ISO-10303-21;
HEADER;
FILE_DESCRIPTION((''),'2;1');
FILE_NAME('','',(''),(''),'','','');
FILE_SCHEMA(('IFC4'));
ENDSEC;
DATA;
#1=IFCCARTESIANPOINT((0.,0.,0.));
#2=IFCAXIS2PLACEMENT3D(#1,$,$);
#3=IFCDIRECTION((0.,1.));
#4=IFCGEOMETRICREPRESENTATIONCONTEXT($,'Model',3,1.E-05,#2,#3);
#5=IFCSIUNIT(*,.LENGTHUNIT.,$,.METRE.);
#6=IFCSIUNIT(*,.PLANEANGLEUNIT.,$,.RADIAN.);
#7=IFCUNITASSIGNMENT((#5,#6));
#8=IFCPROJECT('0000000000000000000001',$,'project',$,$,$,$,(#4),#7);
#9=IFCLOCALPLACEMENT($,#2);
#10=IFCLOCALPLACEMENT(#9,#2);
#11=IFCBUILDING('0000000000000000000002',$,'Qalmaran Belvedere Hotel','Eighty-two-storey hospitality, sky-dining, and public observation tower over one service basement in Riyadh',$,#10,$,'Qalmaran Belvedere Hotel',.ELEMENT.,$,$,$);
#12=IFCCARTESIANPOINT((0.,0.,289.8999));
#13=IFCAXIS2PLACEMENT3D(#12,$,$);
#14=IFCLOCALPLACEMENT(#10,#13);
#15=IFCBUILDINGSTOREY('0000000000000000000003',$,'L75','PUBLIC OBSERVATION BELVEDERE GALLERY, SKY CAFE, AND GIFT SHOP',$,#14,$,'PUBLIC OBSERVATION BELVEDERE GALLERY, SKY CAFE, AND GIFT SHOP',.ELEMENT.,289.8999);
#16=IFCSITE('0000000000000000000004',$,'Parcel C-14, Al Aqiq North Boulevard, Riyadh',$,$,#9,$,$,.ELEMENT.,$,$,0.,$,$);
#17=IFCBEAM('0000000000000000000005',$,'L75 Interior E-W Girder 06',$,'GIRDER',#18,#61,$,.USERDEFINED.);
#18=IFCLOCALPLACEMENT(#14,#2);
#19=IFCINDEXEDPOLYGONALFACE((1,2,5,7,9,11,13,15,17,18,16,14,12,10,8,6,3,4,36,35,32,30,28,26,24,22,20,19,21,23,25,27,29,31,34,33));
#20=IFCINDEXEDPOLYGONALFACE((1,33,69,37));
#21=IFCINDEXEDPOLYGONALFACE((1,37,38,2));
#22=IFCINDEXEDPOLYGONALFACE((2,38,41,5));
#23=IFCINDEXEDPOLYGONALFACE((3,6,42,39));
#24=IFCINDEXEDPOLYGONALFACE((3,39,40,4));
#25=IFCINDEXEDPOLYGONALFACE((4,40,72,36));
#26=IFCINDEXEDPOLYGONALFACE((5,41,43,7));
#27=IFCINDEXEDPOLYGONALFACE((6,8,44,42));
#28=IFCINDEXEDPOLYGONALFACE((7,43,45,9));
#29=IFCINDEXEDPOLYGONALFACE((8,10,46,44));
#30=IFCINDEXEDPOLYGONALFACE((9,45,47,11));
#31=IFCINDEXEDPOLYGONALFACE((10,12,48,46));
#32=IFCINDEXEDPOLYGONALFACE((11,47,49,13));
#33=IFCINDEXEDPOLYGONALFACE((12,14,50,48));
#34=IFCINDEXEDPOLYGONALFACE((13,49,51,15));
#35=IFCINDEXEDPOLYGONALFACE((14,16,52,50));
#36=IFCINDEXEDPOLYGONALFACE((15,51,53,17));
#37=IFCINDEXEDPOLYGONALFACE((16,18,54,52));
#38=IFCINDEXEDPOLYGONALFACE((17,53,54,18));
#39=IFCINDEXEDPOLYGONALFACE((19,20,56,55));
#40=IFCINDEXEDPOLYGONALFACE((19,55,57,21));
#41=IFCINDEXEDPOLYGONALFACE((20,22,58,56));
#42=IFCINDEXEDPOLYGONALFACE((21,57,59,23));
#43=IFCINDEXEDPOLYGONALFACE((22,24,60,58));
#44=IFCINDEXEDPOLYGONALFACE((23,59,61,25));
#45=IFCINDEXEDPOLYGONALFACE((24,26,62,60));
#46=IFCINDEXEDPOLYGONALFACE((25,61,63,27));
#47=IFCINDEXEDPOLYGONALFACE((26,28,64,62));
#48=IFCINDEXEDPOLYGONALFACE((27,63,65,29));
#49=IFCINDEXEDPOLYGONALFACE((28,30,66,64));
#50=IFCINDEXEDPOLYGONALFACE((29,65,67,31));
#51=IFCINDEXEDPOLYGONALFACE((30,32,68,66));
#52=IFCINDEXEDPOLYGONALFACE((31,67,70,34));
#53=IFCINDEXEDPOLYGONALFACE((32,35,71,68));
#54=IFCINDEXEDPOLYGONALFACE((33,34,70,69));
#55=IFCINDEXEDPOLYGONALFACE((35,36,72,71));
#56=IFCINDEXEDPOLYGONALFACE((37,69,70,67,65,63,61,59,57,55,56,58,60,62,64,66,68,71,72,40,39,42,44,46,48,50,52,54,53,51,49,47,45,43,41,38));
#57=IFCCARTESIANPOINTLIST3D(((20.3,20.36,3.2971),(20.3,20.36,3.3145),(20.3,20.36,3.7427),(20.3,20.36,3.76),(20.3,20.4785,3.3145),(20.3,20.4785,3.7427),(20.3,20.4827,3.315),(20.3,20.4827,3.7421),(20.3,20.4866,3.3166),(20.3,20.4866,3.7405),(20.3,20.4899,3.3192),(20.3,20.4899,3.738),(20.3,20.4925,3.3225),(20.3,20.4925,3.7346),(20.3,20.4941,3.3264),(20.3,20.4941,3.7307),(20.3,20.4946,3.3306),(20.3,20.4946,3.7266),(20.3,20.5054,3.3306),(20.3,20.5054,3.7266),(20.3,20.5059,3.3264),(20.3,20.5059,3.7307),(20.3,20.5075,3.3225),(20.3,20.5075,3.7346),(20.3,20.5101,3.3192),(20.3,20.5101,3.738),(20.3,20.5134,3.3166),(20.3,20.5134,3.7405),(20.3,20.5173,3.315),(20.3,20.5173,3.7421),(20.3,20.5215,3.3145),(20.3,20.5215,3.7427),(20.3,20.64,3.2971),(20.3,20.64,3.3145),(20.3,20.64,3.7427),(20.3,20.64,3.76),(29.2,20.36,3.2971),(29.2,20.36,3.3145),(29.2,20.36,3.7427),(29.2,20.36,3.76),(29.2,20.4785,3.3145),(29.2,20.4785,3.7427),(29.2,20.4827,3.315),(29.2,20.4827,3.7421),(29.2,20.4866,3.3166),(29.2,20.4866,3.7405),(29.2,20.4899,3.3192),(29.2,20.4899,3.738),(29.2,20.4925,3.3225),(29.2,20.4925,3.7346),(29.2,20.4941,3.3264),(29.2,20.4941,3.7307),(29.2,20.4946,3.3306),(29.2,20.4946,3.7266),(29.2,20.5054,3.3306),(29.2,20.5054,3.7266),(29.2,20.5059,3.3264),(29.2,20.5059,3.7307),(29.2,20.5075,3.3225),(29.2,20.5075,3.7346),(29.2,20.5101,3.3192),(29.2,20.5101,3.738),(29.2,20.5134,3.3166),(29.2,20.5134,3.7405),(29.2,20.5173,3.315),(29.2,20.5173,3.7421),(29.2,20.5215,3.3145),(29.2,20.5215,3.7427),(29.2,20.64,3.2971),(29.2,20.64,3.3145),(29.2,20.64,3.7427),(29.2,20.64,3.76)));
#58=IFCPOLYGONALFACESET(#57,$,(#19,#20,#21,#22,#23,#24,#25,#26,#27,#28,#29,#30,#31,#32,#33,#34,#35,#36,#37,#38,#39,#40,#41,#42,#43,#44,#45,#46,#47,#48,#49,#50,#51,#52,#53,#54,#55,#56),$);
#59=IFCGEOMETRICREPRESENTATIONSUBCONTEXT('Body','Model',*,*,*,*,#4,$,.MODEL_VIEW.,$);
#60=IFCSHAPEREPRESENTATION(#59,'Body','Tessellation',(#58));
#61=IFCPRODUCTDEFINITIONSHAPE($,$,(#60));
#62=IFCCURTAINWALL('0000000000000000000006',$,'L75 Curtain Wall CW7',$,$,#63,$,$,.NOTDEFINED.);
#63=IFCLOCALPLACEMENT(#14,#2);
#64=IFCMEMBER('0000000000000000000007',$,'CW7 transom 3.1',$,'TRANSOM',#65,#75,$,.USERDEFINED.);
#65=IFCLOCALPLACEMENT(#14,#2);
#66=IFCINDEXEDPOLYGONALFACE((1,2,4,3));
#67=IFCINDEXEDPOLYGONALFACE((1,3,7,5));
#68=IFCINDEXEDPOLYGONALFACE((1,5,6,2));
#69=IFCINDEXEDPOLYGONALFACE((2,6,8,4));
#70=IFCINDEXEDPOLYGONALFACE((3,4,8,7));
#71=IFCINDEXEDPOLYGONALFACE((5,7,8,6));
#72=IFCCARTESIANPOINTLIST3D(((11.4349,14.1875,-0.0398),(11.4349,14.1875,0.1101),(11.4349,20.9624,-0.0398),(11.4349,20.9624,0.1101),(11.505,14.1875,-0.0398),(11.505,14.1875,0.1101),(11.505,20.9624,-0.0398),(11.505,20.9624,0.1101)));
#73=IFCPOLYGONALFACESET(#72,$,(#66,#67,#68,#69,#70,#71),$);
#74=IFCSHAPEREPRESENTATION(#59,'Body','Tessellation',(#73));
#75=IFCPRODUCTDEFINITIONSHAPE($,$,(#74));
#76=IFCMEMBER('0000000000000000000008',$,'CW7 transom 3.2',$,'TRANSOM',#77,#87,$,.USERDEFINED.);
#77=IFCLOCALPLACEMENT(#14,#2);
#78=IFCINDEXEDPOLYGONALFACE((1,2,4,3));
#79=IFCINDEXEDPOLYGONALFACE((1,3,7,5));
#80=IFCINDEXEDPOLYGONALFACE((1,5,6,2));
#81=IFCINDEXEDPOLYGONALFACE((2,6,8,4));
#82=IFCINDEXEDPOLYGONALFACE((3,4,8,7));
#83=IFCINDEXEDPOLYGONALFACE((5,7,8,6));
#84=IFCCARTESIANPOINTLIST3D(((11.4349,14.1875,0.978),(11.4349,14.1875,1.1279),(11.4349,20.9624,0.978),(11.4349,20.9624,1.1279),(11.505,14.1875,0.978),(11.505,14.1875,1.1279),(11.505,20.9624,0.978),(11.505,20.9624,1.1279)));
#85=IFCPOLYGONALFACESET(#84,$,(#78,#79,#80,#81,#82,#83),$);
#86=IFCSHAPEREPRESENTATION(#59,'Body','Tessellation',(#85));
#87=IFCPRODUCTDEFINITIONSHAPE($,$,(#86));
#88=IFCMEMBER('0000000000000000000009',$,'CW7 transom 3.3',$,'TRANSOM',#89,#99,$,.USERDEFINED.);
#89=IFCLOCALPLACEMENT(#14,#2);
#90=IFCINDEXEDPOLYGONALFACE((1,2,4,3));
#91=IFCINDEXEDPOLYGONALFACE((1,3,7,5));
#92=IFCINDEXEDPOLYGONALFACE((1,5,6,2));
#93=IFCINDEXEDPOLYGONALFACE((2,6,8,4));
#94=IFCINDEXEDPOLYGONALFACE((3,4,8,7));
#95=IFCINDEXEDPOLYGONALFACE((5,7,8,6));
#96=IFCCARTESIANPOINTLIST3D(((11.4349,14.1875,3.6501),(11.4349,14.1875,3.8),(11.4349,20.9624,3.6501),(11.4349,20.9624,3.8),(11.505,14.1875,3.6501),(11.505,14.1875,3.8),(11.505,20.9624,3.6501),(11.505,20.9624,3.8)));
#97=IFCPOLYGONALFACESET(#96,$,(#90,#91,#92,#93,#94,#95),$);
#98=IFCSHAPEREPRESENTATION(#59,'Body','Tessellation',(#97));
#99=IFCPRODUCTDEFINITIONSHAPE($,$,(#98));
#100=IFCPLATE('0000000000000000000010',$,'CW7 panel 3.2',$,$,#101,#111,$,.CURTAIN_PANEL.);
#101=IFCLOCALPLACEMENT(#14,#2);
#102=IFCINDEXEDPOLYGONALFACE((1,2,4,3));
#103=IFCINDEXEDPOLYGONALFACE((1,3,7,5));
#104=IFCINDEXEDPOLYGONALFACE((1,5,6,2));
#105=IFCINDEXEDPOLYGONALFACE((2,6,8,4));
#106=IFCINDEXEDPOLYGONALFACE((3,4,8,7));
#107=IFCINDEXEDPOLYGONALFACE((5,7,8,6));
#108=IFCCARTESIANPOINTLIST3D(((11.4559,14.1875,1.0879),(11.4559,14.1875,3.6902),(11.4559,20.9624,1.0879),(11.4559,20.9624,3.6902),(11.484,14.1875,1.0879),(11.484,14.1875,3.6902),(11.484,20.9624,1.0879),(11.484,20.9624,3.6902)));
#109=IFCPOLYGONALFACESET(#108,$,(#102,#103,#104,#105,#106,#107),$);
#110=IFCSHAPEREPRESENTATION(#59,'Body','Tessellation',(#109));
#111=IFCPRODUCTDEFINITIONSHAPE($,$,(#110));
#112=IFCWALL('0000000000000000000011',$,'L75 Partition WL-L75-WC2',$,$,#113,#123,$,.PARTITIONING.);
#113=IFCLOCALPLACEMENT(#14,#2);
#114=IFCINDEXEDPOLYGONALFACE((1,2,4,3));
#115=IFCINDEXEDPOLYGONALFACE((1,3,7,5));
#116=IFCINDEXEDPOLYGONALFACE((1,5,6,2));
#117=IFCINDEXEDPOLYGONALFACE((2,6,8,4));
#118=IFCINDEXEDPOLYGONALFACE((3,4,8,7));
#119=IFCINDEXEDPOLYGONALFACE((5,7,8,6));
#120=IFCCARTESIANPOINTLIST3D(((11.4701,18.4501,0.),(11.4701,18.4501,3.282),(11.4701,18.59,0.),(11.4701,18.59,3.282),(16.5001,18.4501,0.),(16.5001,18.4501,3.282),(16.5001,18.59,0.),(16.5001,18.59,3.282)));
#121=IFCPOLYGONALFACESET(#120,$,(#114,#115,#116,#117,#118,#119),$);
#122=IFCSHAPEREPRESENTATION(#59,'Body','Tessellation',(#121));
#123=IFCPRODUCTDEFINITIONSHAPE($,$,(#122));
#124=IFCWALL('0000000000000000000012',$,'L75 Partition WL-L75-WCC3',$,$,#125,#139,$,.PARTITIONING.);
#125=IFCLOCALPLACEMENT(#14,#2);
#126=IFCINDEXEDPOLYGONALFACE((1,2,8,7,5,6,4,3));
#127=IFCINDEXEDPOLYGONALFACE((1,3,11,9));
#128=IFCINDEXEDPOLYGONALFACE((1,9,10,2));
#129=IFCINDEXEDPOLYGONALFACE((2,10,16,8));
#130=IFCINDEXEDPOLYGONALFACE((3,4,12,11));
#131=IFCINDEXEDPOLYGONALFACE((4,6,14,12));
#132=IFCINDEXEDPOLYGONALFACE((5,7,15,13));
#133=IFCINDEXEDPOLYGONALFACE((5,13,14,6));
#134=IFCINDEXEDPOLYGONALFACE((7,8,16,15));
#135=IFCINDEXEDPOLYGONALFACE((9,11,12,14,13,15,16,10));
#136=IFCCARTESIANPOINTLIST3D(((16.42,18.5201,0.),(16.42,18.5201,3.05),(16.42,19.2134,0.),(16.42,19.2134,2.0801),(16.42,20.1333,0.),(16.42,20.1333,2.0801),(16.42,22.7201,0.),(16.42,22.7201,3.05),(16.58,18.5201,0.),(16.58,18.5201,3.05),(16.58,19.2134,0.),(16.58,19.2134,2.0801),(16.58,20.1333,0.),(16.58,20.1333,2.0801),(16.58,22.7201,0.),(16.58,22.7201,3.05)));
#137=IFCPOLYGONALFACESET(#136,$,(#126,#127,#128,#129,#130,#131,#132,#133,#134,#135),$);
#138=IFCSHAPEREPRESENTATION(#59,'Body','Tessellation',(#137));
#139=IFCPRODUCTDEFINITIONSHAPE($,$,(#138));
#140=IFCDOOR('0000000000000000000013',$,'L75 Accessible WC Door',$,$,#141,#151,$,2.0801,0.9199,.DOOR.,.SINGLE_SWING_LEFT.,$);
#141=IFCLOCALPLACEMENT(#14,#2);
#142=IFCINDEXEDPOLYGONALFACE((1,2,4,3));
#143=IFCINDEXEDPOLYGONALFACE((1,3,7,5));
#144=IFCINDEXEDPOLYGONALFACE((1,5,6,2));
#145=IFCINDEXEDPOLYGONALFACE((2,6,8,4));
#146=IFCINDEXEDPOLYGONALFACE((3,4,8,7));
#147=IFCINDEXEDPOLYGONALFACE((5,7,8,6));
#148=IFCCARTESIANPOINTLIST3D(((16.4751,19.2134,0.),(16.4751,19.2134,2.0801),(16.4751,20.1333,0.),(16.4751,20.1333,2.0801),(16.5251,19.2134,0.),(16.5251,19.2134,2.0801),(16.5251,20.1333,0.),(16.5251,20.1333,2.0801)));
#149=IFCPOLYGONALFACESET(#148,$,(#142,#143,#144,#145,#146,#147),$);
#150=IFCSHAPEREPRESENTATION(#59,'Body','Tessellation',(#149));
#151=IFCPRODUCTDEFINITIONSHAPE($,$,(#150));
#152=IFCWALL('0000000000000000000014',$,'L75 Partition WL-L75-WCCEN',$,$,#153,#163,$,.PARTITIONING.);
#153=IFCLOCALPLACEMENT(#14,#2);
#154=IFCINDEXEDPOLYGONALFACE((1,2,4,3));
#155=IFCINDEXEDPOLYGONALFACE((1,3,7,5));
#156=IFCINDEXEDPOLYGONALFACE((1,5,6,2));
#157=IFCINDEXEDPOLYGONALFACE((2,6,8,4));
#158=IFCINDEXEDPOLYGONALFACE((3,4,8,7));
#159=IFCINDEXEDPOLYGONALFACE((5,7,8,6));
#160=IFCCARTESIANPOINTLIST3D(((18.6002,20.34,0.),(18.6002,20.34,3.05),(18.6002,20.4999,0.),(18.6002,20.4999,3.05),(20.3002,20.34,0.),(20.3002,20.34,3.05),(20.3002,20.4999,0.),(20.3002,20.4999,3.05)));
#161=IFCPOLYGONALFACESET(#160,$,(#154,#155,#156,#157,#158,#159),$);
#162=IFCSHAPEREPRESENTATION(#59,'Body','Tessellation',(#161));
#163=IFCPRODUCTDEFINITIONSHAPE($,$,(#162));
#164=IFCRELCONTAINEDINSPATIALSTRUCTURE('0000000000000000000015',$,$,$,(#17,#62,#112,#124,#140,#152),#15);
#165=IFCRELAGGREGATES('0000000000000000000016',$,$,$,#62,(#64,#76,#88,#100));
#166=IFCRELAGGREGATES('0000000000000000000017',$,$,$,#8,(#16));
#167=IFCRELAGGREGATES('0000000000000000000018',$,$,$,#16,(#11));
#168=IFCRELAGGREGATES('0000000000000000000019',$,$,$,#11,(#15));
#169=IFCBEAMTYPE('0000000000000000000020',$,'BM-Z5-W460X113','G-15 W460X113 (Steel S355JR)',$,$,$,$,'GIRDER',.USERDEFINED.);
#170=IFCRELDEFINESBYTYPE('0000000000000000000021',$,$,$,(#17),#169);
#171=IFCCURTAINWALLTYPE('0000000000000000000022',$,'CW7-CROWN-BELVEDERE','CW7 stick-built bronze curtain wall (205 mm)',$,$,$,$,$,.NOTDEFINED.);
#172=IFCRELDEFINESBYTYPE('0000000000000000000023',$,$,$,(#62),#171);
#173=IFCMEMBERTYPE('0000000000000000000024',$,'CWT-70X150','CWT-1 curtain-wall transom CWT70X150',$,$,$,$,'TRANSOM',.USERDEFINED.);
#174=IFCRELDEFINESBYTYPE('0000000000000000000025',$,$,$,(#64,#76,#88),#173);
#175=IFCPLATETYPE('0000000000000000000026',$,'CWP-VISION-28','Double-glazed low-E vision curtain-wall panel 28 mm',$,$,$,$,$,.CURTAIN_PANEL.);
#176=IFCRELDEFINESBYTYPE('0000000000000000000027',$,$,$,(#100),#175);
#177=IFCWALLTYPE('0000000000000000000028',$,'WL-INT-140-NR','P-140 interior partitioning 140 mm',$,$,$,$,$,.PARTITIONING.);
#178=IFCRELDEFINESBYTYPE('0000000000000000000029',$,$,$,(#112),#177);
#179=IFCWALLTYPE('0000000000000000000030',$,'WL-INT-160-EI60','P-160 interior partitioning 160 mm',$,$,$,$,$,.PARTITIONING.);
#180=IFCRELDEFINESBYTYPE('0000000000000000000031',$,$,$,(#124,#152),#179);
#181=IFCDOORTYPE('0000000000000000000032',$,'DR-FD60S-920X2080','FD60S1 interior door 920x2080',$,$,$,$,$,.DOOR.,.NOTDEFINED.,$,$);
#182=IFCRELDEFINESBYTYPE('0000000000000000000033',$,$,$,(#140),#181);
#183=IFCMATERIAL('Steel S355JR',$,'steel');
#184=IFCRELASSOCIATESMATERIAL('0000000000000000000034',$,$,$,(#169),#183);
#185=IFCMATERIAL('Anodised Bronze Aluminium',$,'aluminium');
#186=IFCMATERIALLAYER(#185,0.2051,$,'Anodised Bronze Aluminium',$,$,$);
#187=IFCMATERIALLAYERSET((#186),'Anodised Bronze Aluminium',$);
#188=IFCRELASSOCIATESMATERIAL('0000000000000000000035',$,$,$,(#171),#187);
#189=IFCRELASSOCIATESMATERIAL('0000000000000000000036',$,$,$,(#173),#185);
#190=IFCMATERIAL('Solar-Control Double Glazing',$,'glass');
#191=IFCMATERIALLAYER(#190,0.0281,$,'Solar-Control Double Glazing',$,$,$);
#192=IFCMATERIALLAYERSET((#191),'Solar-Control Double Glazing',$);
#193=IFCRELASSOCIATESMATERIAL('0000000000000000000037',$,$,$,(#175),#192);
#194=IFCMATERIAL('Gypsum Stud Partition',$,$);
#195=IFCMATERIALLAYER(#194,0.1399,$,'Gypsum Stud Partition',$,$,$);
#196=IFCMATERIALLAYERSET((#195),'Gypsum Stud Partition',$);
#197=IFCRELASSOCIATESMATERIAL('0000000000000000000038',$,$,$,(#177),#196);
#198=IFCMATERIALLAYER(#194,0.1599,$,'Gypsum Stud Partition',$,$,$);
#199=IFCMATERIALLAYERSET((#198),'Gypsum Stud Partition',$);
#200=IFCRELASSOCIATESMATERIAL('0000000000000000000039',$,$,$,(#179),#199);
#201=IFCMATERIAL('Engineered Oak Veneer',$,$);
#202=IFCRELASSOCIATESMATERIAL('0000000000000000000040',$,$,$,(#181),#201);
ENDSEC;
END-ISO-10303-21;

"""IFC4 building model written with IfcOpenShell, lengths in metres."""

from ifc_helpers import new_model, si_unit, direction, frame, frame_2d, origin, origin_2d, place, context, subcontext, project, spatial, rectangle, i_section, extrude, material, layer, layer_set, material_profile, profile_set, type_object, element, fill, aggregate, save


model = new_model("IFC4")

# Units and contexts
model_context = context("Model", 3, precision=1e-05, world=origin(), true_north=direction((0.0, 1.0)))
body_context = subcontext(model_context, "Body", "Model", "MODEL_VIEW")
ifc_project = project(units=[si_unit("LENGTHUNIT", "METRE"), si_unit("PLANEANGLEUNIT", "RADIAN")], contexts=[model_context])

# Site, building, storey
site_placement = place(None, origin())
site = spatial("IfcSite", under=ifc_project, at=site_placement, Name="Parcel C-14, Al Aqiq North Boulevard, Riyadh", CompositionType="ELEMENT", RefElevation=0.0)
building_placement = place(site_placement, origin())
building = spatial("IfcBuilding", under=site, at=building_placement, Name="Qalmaran Belvedere Hotel", Description="Eighty-two-storey hospitality, sky-dining, and public observation tower over one service basement in Riyadh", LongName="Qalmaran Belvedere Hotel", CompositionType="ELEMENT")
storey_placement = place(building_placement, frame((0.0, 0.0, 289.8999)))
storey = spatial("IfcBuildingStorey", under=building, at=storey_placement, Name="L75", Description="PUBLIC OBSERVATION BELVEDERE GALLERY, SKY CAFE, AND GIFT SHOP", LongName="PUBLIC OBSERVATION BELVEDERE GALLERY, SKY CAFE, AND GIFT SHOP", CompositionType="ELEMENT", Elevation=289.8999)

# Beam
ifc_material_1 = material(Name="Steel S355JR", Category="steel")
ifc_material_profile_1 = material_profile(ifc_material_1, i_section(OverallWidth=0.28, OverallDepth=0.4629, WebThickness=0.0107, FlangeThickness=0.0173, FilletRadius=0.0161, at=origin_2d()), Name="W460X113")
ifc_profile_set_1 = profile_set([ifc_material_profile_1], Name="Steel S355JR")
beam_type_1 = type_object("IfcBeamType", Name="BM-Z5-W460X113", Description="G-15 W460X113 (Steel S355JR)", ElementType="GIRDER", PredefinedType="USERDEFINED", material=ifc_profile_set_1)
beam_1_placement = place(storey_placement, frame((20.3, 20.5, 3.5286), z_axis=(1.0, 0.0, 0.0), x_axis=(0.0, 1.0, 0.0)))
element("IfcBeam", 1, at=beam_1_placement, inside=storey, type_object=beam_type_1, Name="L75 Interior E-W Girder 06", ObjectType="GIRDER", PredefinedType="USERDEFINED", context=body_context, shape_type="SweptSolid", body=[
    extrude(i_section(OverallWidth=0.28, OverallDepth=0.4629, WebThickness=0.0107, FlangeThickness=0.0173, FilletRadius=0.0161, at=origin_2d()), origin(), (0.0, 0.0, 1.0), 8.8999),
])

# Curtain wall, members, plate
ifc_material_2 = material(Name="Anodised Bronze Aluminium", Category="aluminium")
ifc_layer_1 = layer(ifc_material_2, 0.2051, Name="Anodised Bronze Aluminium")
ifc_layer_set_1 = layer_set([ifc_layer_1], Name="Anodised Bronze Aluminium")
curtain_wall_type = type_object("IfcCurtainWallType", Name="CW7-CROWN-BELVEDERE", Description="CW7 stick-built bronze curtain wall (205 mm)", PredefinedType="NOTDEFINED", material=ifc_layer_set_1)
curtain_wall_placement = place(storey_placement, origin())
curtain_wall = element("IfcCurtainWall", 2, at=curtain_wall_placement, inside=storey, type_object=curtain_wall_type, Name="L75 Curtain Wall CW7", PredefinedType="NOTDEFINED")
ifc_material_profile_2 = material_profile(ifc_material_2, rectangle(XDim=0.0701, YDim=0.1499, at=origin_2d()), Name="CWT70X150")
ifc_profile_set_2 = profile_set([ifc_material_profile_2], Name="Anodised Bronze Aluminium")
member_type = type_object("IfcMemberType", Name="CWT-70X150", Description="CWT-1 curtain-wall transom CWT70X150", ElementType="TRANSOM", PredefinedType="USERDEFINED", material=ifc_profile_set_2)
member_1_placement = place(storey_placement, frame((11.47, 20.9624, 0.0352), z_axis=(0.0, -1.0, 0.0), x_axis=(1.0, 0.0, 0.0)))
member_1 = element("IfcMember", 3, at=member_1_placement, type_object=member_type, Name="CW7 transom 3.1", ObjectType="TRANSOM", PredefinedType="USERDEFINED", context=body_context, shape_type="SweptSolid", body=[
    extrude(rectangle(XDim=0.0701, YDim=0.1499, at=origin_2d()), origin(), (0.0, 0.0, 1.0), 6.7749),
])
member_2_placement = place(storey_placement, frame((11.47, 20.9624, 1.053), z_axis=(0.0, -1.0, 0.0), x_axis=(1.0, 0.0, 0.0)))
member_2 = element("IfcMember", 4, at=member_2_placement, type_object=member_type, Name="CW7 transom 3.2", ObjectType="TRANSOM", PredefinedType="USERDEFINED", context=body_context, shape_type="SweptSolid", body=[
    extrude(rectangle(XDim=0.0701, YDim=0.1499, at=origin_2d()), origin(), (0.0, 0.0, 1.0), 6.7749),
])
member_3_placement = place(storey_placement, frame((11.47, 20.9624, 3.7251), z_axis=(0.0, -1.0, 0.0), x_axis=(1.0, 0.0, 0.0)))
member_3 = element("IfcMember", 5, at=member_3_placement, type_object=member_type, Name="CW7 transom 3.3", ObjectType="TRANSOM", PredefinedType="USERDEFINED", context=body_context, shape_type="SweptSolid", body=[
    extrude(rectangle(XDim=0.0701, YDim=0.1499, at=origin_2d()), origin(), (0.0, 0.0, 1.0), 6.7749),
])
ifc_material_3 = material(Name="Solar-Control Double Glazing", Category="glass")
ifc_layer_2 = layer(ifc_material_3, 0.0281, Name="Solar-Control Double Glazing")
ifc_layer_set_2 = layer_set([ifc_layer_2], Name="Solar-Control Double Glazing")
plate_type = type_object("IfcPlateType", Name="CWP-VISION-28", Description="Double-glazed low-E vision curtain-wall panel 28 mm", PredefinedType="CURTAIN_PANEL", material=ifc_layer_set_2)
plate_placement = place(storey_placement, frame((11.47, 17.575, 1.0879), z_axis=(0.0, 0.0, 1.0), x_axis=(0.0, -1.0, 0.0)))
plate = element("IfcPlate", 6, at=plate_placement, type_object=plate_type, Name="CW7 panel 3.2", PredefinedType="CURTAIN_PANEL", context=body_context, shape_type="SweptSolid", body=[
    extrude(rectangle(XDim=6.7749, YDim=0.0281, at=origin_2d()), origin(), (0.0, 0.0, 1.0), 2.6023),
])
aggregate(curtain_wall, [member_1, member_2, member_3, plate])

# Wall
ifc_material_4 = material(Name="Gypsum Stud Partition")
ifc_layer_3 = layer(ifc_material_4, 0.1399, Name="Gypsum Stud Partition")
ifc_layer_set_3 = layer_set([ifc_layer_3], Name="Gypsum Stud Partition")
wall_type_1 = type_object("IfcWallType", Name="WL-INT-140-NR", Description="P-140 interior partitioning 140 mm", PredefinedType="PARTITIONING", material=ifc_layer_set_3)
wall_1_placement = place(storey_placement, frame((11.47, 18.52, 0.0), z_axis=(0.0, 0.0, 1.0), x_axis=(1.0, 0.0, 0.0)))
element("IfcWall", 7, at=wall_1_placement, inside=storey, type_object=wall_type_1, Name="L75 Partition WL-L75-WC2", PredefinedType="PARTITIONING", context=body_context, shape_type="SweptSolid", body=[
    extrude(rectangle(XDim=5.03, YDim=0.1399, at=frame_2d((2.5151, 0.0))), origin(), (0.0, 0.0, 1.0), 3.282),
])

# Wall, opening, door
ifc_layer_4 = layer(ifc_material_4, 0.1599, Name="Gypsum Stud Partition")
ifc_layer_set_4 = layer_set([ifc_layer_4], Name="Gypsum Stud Partition")
wall_type_2 = type_object("IfcWallType", Name="WL-INT-160-EI60", Description="P-160 interior partitioning 160 mm", PredefinedType="PARTITIONING", material=ifc_layer_set_4)
wall_2_placement = place(storey_placement, frame((16.5, 18.52, 0.0), z_axis=(0.0, 0.0, 1.0), x_axis=(0.0, 1.0, 0.0)))
wall_2 = element("IfcWall", 8, at=wall_2_placement, inside=storey, type_object=wall_type_2, Name="L75 Partition WL-L75-WCC3", PredefinedType="PARTITIONING", context=body_context, shape_type="SweptSolid", body=[
    extrude(rectangle(XDim=4.2, YDim=0.1599, at=frame_2d((2.1001, 0.0))), origin(), (0.0, 0.0, 1.0), 3.05),
])
opening_1_placement = place(wall_2_placement, frame((0.6934, 0.0, 0.0)))
opening_1 = element("IfcOpeningElement", 9, at=opening_1_placement, cuts=wall_2, PredefinedType="OPENING", context=body_context, shape_type="SweptSolid", body=[
    extrude(rectangle(XDim=0.9199, YDim=2.0801, at=frame_2d((0.46, 1.04))), frame((0.0, 0.0898, 0.0), z_axis=(0.0, -1.0, 0.0), x_axis=(1.0, 0.0, 0.0)), (0.0, 0.0, 1.0), 0.1799),
])
ifc_material_5 = material(Name="Engineered Oak Veneer")
door_type_1 = type_object("IfcDoorType", Name="DR-FD60S-920X2080", Description="FD60S1 interior door 920x2080", OperationType="NOTDEFINED", PredefinedType="DOOR", material=ifc_material_5)
door_1_placement = place(opening_1_placement, origin())
door_1 = element("IfcDoor", 10, at=door_1_placement, inside=storey, type_object=door_type_1, Name="L75 Accessible WC Door", OperationType="SINGLE_SWING_LEFT", OverallHeight=2.0801, OverallWidth=0.9199, PredefinedType="DOOR", context=body_context, shape_type="SweptSolid", body=[
    extrude(rectangle(XDim=0.9199, YDim=2.0801, at=frame_2d((0.46, 1.04))), frame((0.0, 0.0249, 0.0), z_axis=(0.0, -1.0, 0.0), x_axis=(1.0, 0.0, 0.0)), (0.0, 0.0, 1.0), 0.05),
])
fill(opening_1, door_1)

# Wall
wall_3_placement = place(storey_placement, frame((18.6001, 20.4199, 0.0), z_axis=(0.0, 0.0, 1.0), x_axis=(1.0, 0.0, 0.0)))
element("IfcWall", 11, at=wall_3_placement, inside=storey, type_object=wall_type_2, Name="L75 Partition WL-L75-WCCEN", PredefinedType="PARTITIONING", context=body_context, shape_type="SweptSolid", body=[
    extrude(rectangle(XDim=1.7, YDim=0.1599, at=frame_2d((0.8501, 0.0))), origin(), (0.0, 0.0, 1.0), 3.05),
])

save(model, "model.ifc")
